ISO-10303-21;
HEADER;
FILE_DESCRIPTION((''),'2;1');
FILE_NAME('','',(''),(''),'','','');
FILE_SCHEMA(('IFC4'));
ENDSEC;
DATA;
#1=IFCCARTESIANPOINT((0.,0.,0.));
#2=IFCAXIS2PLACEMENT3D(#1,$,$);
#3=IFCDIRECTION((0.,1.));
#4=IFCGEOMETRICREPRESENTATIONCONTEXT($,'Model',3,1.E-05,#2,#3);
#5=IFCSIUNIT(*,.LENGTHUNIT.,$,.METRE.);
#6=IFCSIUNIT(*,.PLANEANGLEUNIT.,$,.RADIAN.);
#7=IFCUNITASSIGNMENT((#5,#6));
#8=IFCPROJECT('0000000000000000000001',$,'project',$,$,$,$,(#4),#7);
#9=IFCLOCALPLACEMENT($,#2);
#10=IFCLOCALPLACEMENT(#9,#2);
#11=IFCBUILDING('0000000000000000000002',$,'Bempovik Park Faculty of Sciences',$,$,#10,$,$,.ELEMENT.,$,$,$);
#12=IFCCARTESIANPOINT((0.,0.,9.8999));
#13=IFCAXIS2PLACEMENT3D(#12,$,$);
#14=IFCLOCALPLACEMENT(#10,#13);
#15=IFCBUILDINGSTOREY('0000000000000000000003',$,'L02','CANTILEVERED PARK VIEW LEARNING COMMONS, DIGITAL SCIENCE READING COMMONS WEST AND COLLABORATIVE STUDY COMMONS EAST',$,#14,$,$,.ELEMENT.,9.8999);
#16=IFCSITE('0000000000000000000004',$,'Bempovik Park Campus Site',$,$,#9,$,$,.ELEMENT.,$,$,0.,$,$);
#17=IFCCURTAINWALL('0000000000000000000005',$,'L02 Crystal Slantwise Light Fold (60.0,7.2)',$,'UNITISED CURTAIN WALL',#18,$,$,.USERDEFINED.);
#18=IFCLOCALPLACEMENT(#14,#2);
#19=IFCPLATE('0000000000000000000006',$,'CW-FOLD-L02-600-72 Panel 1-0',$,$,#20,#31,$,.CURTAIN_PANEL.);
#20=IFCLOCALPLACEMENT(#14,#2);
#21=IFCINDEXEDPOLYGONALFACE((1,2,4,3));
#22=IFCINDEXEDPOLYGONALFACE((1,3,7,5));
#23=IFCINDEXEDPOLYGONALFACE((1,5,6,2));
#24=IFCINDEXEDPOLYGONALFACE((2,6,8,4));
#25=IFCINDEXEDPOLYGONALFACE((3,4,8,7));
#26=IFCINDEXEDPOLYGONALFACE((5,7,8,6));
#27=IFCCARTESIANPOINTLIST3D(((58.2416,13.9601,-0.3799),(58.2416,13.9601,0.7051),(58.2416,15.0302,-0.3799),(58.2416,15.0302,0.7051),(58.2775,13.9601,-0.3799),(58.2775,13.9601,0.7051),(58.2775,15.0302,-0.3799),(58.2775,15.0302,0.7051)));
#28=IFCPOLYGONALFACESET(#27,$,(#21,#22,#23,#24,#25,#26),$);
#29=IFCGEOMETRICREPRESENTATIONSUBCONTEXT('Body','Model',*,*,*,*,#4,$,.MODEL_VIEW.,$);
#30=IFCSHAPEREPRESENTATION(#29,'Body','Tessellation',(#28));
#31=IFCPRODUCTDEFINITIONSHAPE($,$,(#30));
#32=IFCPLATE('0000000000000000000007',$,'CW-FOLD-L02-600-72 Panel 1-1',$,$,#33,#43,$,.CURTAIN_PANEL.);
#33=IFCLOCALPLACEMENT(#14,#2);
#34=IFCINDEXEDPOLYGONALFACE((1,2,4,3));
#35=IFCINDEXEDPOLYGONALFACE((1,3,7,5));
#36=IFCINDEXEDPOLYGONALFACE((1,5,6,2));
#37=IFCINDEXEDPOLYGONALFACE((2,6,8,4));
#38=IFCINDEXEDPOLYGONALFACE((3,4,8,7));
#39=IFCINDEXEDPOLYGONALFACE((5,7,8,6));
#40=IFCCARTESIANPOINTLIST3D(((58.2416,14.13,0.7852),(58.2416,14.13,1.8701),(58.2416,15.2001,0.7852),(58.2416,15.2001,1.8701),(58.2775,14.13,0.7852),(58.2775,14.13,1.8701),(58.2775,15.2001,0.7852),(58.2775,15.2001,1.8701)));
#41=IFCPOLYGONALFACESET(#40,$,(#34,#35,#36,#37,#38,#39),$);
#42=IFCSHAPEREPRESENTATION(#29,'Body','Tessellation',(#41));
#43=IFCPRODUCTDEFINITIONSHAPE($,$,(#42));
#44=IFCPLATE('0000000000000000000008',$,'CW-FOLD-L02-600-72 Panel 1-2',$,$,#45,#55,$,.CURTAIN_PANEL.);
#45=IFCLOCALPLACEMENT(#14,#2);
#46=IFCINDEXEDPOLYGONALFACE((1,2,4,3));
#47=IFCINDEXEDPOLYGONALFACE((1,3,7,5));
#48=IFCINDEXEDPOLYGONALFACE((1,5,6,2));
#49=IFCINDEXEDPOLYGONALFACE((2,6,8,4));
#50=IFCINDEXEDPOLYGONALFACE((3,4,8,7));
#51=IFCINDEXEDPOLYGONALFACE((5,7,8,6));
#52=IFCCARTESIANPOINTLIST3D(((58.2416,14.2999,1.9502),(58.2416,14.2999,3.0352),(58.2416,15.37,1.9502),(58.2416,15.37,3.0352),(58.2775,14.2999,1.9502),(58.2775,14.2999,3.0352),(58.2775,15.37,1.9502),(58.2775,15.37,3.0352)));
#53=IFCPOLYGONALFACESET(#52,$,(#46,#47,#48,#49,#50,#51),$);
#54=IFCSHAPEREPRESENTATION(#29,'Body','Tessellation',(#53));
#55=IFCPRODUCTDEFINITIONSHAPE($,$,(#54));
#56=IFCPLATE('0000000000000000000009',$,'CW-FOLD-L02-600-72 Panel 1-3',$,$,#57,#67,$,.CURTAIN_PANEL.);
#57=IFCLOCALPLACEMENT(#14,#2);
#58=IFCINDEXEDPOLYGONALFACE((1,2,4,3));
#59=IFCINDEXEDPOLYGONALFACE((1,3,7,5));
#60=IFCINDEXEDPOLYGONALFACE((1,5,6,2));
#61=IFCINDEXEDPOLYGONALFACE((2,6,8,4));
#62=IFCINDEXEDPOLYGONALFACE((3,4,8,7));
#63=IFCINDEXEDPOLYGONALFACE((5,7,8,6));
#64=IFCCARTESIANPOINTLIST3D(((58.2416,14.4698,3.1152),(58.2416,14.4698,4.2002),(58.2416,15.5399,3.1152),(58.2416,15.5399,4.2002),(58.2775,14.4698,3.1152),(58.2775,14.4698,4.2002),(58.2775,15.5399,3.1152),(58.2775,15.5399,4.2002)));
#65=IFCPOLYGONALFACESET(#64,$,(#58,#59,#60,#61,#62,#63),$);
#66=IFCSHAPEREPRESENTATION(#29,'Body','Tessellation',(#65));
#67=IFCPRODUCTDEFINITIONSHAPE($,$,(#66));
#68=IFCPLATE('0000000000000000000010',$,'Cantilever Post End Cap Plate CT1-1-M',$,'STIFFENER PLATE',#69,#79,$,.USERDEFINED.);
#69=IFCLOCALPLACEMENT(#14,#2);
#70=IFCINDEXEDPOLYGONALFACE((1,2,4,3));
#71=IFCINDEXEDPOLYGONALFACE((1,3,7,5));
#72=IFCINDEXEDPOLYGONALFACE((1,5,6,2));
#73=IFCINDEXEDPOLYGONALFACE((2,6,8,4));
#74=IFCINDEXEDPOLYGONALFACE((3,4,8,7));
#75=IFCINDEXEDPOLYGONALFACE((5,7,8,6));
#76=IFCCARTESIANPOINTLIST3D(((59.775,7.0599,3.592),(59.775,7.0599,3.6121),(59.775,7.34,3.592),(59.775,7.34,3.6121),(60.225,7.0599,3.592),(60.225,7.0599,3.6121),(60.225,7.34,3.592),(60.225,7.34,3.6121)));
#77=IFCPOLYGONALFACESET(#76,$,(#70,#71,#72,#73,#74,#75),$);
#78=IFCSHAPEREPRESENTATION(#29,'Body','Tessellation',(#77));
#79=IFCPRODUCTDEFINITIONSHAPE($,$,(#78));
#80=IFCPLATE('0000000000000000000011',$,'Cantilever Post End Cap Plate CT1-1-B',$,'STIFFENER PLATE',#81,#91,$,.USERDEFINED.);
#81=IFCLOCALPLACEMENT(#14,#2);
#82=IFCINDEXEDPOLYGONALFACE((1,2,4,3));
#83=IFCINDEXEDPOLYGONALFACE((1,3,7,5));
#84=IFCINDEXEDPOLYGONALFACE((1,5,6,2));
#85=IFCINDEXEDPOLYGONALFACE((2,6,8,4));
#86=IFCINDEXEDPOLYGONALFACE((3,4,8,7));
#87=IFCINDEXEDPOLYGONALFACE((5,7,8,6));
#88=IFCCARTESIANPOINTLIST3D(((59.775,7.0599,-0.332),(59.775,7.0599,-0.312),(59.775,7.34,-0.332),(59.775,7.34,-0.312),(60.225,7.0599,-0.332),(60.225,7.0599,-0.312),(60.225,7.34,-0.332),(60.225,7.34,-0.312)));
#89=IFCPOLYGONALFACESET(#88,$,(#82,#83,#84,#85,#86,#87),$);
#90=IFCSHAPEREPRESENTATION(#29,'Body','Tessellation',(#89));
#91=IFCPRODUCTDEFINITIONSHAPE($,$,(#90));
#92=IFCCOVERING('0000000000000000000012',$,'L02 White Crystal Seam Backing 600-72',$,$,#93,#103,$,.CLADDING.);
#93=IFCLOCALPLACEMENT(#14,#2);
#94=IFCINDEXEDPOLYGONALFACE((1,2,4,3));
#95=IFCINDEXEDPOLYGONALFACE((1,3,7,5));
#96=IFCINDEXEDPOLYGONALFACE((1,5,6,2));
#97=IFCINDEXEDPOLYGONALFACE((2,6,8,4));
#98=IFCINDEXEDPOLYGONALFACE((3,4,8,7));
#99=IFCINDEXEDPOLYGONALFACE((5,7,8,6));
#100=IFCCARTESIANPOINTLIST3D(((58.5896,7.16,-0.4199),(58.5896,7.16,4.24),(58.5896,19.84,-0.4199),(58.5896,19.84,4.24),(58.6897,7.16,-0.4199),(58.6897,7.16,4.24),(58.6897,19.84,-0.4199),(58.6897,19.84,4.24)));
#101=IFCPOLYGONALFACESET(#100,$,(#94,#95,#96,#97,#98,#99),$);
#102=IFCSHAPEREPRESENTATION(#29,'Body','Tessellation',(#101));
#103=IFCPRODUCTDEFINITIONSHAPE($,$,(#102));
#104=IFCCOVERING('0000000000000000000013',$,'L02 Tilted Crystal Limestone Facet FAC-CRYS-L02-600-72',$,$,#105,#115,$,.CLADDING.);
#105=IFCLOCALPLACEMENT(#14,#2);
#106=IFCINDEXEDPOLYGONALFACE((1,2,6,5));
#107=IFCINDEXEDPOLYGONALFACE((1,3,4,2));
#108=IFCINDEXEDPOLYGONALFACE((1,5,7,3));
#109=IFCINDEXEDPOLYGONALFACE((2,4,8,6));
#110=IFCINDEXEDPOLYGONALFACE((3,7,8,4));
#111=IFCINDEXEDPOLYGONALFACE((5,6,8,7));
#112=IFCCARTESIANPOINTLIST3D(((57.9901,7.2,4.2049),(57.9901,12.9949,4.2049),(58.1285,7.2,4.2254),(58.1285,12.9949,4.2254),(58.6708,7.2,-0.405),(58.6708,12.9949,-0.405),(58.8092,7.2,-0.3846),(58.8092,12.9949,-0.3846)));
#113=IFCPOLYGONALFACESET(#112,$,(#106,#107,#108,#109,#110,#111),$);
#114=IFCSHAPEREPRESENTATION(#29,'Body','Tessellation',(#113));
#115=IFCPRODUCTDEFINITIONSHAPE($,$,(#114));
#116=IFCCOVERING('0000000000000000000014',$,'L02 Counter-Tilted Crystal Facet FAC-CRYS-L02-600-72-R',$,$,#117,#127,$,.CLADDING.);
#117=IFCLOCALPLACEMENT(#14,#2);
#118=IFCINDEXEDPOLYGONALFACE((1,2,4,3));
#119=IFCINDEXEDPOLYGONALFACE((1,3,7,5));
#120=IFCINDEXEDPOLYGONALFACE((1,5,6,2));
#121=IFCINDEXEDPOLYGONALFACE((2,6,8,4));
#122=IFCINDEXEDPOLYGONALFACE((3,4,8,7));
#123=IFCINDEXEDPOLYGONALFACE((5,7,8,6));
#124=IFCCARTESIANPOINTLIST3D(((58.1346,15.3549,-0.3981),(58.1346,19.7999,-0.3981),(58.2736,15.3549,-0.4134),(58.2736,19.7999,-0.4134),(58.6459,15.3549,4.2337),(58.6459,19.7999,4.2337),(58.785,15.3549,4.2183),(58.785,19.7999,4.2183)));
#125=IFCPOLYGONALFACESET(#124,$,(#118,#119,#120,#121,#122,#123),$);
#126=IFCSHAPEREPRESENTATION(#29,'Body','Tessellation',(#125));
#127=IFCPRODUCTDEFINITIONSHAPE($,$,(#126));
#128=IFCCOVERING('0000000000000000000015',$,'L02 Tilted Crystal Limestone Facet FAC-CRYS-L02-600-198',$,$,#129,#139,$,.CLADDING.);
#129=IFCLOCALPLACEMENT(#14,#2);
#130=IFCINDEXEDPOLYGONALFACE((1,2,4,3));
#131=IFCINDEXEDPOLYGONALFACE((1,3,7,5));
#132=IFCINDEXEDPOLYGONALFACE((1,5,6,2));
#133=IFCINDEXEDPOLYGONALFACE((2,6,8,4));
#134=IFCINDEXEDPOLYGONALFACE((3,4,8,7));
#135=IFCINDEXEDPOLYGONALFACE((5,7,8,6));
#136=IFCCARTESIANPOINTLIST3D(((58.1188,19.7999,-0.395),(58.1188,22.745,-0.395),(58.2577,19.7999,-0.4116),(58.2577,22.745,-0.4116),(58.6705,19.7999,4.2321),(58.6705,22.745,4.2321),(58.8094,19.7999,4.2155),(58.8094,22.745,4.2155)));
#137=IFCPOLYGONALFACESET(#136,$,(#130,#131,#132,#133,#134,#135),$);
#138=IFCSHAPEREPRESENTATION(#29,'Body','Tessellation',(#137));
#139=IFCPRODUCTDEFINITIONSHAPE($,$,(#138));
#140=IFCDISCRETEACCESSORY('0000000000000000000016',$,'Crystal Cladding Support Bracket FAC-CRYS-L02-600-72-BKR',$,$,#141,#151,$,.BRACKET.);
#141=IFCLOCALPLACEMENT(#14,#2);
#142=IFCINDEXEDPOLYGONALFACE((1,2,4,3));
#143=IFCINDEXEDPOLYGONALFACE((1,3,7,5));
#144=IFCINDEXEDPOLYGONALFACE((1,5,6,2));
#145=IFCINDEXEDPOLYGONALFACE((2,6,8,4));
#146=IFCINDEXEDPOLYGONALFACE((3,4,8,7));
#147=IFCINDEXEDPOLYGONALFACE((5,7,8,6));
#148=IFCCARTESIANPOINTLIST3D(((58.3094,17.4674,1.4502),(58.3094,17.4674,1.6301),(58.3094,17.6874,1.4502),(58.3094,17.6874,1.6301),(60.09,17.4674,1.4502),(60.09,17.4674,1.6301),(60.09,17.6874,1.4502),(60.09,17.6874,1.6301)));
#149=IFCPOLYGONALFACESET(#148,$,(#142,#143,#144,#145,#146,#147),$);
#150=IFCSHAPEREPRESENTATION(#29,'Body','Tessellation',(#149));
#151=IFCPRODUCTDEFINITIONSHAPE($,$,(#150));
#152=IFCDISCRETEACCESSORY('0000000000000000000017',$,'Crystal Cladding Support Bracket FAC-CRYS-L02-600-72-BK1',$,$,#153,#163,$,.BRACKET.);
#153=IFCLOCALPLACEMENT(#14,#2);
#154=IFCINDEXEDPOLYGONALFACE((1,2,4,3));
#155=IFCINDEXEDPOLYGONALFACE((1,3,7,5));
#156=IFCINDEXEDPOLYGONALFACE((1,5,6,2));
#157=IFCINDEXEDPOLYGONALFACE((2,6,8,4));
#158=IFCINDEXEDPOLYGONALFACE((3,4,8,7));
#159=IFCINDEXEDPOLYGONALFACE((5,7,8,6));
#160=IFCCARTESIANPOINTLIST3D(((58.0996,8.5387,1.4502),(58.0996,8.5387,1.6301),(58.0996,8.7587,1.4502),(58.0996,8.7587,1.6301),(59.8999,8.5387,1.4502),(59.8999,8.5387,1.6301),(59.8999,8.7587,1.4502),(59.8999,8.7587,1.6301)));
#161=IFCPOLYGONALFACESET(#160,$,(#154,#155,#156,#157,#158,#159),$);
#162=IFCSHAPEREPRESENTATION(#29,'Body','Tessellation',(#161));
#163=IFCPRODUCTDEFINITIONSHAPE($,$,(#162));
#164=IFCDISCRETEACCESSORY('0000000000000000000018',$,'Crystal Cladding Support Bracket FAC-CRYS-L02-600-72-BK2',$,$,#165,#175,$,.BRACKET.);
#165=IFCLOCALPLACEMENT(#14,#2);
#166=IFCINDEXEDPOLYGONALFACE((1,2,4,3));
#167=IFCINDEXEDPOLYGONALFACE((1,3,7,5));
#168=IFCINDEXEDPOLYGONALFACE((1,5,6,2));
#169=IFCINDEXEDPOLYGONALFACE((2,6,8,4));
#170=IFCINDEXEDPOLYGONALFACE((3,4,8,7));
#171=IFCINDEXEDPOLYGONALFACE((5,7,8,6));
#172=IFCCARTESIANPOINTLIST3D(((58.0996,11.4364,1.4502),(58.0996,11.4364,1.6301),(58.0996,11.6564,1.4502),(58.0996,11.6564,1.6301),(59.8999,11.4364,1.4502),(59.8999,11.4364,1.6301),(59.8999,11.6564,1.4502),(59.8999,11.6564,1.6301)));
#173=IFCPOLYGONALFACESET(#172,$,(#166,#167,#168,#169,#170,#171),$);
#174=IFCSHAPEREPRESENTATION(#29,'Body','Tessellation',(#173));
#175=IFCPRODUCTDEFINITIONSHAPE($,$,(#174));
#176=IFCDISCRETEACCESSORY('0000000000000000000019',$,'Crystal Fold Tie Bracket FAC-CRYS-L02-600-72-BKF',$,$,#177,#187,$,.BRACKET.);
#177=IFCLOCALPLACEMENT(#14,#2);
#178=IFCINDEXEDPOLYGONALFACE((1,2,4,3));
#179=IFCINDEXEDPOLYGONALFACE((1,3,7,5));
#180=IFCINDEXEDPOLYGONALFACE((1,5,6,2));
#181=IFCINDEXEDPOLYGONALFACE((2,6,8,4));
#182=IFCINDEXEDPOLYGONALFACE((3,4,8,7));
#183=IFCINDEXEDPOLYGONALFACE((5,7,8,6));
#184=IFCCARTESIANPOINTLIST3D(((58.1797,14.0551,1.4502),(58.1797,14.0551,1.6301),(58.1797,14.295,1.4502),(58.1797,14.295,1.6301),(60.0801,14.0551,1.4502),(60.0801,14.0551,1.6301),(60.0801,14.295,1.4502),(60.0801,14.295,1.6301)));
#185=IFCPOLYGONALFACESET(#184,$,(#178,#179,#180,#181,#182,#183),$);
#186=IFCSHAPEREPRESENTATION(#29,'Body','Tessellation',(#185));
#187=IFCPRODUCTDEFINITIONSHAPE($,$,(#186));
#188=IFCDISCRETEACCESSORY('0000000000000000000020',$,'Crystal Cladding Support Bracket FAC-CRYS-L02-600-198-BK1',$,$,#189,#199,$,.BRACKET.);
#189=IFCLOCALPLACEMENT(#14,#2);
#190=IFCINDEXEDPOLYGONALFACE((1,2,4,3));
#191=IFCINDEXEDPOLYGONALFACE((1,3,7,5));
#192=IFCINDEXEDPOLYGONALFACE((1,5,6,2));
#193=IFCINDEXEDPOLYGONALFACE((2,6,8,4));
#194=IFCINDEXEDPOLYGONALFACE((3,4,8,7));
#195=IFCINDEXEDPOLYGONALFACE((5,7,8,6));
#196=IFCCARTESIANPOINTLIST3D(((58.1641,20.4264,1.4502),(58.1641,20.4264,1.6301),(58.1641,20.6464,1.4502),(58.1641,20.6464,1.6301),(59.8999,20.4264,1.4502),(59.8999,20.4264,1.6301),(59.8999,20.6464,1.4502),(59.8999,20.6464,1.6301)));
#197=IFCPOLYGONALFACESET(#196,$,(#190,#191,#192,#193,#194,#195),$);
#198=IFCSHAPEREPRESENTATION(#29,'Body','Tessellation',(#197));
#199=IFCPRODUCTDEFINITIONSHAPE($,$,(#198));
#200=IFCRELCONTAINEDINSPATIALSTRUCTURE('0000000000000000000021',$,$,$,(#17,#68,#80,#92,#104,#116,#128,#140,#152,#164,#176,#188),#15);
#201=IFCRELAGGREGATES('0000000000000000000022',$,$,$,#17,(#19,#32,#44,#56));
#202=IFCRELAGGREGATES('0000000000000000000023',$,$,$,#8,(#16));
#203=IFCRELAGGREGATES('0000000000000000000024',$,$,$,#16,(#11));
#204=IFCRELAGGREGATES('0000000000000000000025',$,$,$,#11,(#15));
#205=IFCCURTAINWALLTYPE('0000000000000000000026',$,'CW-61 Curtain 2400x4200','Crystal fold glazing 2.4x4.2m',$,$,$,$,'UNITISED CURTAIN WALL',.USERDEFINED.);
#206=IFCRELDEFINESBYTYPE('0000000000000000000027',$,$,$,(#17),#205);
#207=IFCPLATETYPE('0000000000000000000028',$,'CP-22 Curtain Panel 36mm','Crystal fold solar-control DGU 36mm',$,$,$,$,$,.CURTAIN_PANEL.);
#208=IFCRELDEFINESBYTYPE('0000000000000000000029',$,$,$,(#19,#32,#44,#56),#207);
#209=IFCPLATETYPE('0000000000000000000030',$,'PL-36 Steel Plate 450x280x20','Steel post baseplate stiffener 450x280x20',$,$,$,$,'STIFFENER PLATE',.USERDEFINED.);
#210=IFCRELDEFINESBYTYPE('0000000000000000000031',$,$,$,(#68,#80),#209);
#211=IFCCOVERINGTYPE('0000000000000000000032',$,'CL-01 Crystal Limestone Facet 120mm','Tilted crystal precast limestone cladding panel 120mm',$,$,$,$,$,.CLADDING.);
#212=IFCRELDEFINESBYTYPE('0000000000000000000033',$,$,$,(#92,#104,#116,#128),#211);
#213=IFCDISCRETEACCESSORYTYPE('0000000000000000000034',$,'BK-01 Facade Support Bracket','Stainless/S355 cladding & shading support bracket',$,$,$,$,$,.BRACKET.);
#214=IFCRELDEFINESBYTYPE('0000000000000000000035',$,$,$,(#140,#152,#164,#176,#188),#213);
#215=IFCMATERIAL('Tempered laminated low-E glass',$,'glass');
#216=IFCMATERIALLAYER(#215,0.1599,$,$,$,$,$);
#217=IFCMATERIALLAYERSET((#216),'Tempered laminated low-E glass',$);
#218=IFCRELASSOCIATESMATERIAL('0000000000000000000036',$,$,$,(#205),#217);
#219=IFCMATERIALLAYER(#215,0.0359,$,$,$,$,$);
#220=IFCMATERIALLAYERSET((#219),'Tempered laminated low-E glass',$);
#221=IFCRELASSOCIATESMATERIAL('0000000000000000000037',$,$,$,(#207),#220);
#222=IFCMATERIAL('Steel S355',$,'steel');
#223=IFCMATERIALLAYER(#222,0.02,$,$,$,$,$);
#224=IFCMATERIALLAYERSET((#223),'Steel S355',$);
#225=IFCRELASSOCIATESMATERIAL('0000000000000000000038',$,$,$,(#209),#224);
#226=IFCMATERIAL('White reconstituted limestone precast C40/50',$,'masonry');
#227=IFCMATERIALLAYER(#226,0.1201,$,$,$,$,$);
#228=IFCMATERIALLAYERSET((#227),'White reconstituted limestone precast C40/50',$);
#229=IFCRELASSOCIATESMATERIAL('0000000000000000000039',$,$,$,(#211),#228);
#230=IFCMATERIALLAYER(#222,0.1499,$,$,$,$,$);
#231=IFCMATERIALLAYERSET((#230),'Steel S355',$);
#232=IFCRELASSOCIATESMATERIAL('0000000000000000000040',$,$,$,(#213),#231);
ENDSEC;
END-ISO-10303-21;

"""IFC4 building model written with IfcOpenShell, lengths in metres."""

from ifc_helpers import new_model, si_unit, direction, frame, origin, origin_2d, place, context, subcontext, project, spatial, rectangle, extrude, material, layer, layer_set, type_object, element, aggregate, save


model = new_model("IFC4")

# Units and contexts
model_context = context("Model", 3, precision=1e-05, world=origin(), true_north=direction((0.0, 1.0)))
body_context = subcontext(model_context, "Body", "Model", "MODEL_VIEW")
ifc_project = project(units=[si_unit("LENGTHUNIT", "METRE"), si_unit("PLANEANGLEUNIT", "RADIAN")], contexts=[model_context])

# Site, building, storey
site_placement = place(None, origin())
site = spatial("IfcSite", under=ifc_project, at=site_placement, Name="Bempovik Park Campus Site", CompositionType="ELEMENT", RefElevation=0.0)
building_placement = place(site_placement, origin())
building = spatial("IfcBuilding", under=site, at=building_placement, Name="Bempovik Park Faculty of Sciences", CompositionType="ELEMENT")
storey_placement = place(building_placement, frame((0.0, 0.0, 9.8999)))
storey = spatial("IfcBuildingStorey", under=building, at=storey_placement, Name="L02", Description="CANTILEVERED PARK VIEW LEARNING COMMONS, DIGITAL SCIENCE READING COMMONS WEST AND COLLABORATIVE STUDY COMMONS EAST", CompositionType="ELEMENT", Elevation=9.8999)

# Shared definitions
ifc_material_1 = material(Name="Steel S355", Category="steel")

# Curtain wall
ifc_material_2 = material(Name="Tempered laminated low-E glass", Category="glass")
ifc_layer_1 = layer(ifc_material_2, 0.1599)
ifc_layer_set_1 = layer_set([ifc_layer_1], Name="Tempered laminated low-E glass")
curtain_wall_type = type_object("IfcCurtainWallType", Name="CW-61 Curtain 2400x4200", Description="Crystal fold glazing 2.4x4.2m", ElementType="UNITISED CURTAIN WALL", PredefinedType="USERDEFINED", material=ifc_layer_set_1)
curtain_wall_1_placement = place(storey_placement, origin())
curtain_wall_1 = element("IfcCurtainWall", 1, at=curtain_wall_1_placement, inside=storey, type_object=curtain_wall_type, Name="L02 Crystal Slantwise Light Fold (60.0,7.2)", ObjectType="UNITISED CURTAIN WALL", PredefinedType="USERDEFINED")

# Plates
ifc_layer_2 = layer(ifc_material_2, 0.0359)
ifc_layer_set_2 = layer_set([ifc_layer_2], Name="Tempered laminated low-E glass")
plate_type_1 = type_object("IfcPlateType", Name="CP-22 Curtain Panel 36mm", Description="Crystal fold solar-control DGU 36mm", PredefinedType="CURTAIN_PANEL", material=ifc_layer_set_2)
plate_1_placement = place(storey_placement, frame((58.2595, 14.4951, -0.3799), z_axis=(0.0, 0.0, 1.0), x_axis=(0.0, 1.0, 0.0)))
plate_1 = element("IfcPlate", 2, at=plate_1_placement, type_object=plate_type_1, Name="CW-FOLD-L02-600-72 Panel 1-0", PredefinedType="CURTAIN_PANEL", context=body_context, shape_type="SweptSolid", body=[
    extrude(rectangle(XDim=1.0701, YDim=0.0359, at=origin_2d()), origin(), (0.0, 0.0, 1.0), 1.085),
])
plate_2_placement = place(storey_placement, frame((58.2595, 14.665, 0.7852), z_axis=(0.0, 0.0, 1.0), x_axis=(0.0, 1.0, 0.0)))
plate_2 = element("IfcPlate", 3, at=plate_2_placement, type_object=plate_type_1, Name="CW-FOLD-L02-600-72 Panel 1-1", PredefinedType="CURTAIN_PANEL", context=body_context, shape_type="SweptSolid", body=[
    extrude(rectangle(XDim=1.0701, YDim=0.0359, at=origin_2d()), origin(), (0.0, 0.0, 1.0), 1.085),
])
plate_3_placement = place(storey_placement, frame((58.2595, 14.835, 1.9502), z_axis=(0.0, 0.0, 1.0), x_axis=(0.0, 1.0, 0.0)))
plate_3 = element("IfcPlate", 4, at=plate_3_placement, type_object=plate_type_1, Name="CW-FOLD-L02-600-72 Panel 1-2", PredefinedType="CURTAIN_PANEL", context=body_context, shape_type="SweptSolid", body=[
    extrude(rectangle(XDim=1.0701, YDim=0.0359, at=origin_2d()), origin(), (0.0, 0.0, 1.0), 1.085),
])
plate_4_placement = place(storey_placement, frame((58.2595, 15.0049, 3.1152), z_axis=(0.0, 0.0, 1.0), x_axis=(0.0, 1.0, 0.0)))
plate_4 = element("IfcPlate", 5, at=plate_4_placement, type_object=plate_type_1, Name="CW-FOLD-L02-600-72 Panel 1-3", PredefinedType="CURTAIN_PANEL", context=body_context, shape_type="SweptSolid", body=[
    extrude(rectangle(XDim=1.0701, YDim=0.0359, at=origin_2d()), origin(), (0.0, 0.0, 1.0), 1.085),
])
aggregate(curtain_wall_1, [plate_1, plate_2, plate_3, plate_4])

# Plates
ifc_layer_3 = layer(ifc_material_1, 0.02)
ifc_layer_set_3 = layer_set([ifc_layer_3], Name="Steel S355")
plate_type_2 = type_object("IfcPlateType", Name="PL-36 Steel Plate 450x280x20", Description="Steel post baseplate stiffener 450x280x20", ElementType="STIFFENER PLATE", PredefinedType="USERDEFINED", material=ifc_layer_set_3)
for number, where, z_axis, x_axis, name in (
    (6, (60.0, 7.2, 3.592), (0.0, 0.0, 1.0), (1.0, 0.0, 0.0), "Cantilever Post End Cap Plate CT1-1-M"),
    (7, (60.0, 7.2, -0.332), (0.0, 0.0, 1.0), (1.0, 0.0, 0.0), "Cantilever Post End Cap Plate CT1-1-B"),
):
    element("IfcPlate", number, at=place(storey_placement, frame(where, z_axis=z_axis, x_axis=x_axis)), inside=storey, type_object=plate_type_2, Name=name, ObjectType="STIFFENER PLATE", PredefinedType="USERDEFINED", context=body_context, shape_type="SweptSolid", body=[
        extrude(rectangle(XDim=0.45, YDim=0.28, at=origin_2d()), origin(), (0.0, 0.0, 1.0), 0.02),
    ])

# Coverings
ifc_material_3 = material(Name="White reconstituted limestone precast C40/50", Category="masonry")
ifc_layer_4 = layer(ifc_material_3, 0.1201)
ifc_layer_set_4 = layer_set([ifc_layer_4], Name="White reconstituted limestone precast C40/50")
covering_type = type_object("IfcCoveringType", Name="CL-01 Crystal Limestone Facet 120mm", Description="Tilted crystal precast limestone cladding panel 120mm", PredefinedType="CLADDING", material=ifc_layer_set_4)
covering_1_placement = place(storey_placement, frame((58.6396, 13.5, -0.4199), z_axis=(0.0, 0.0, 1.0), x_axis=(1.0, 0.0, 0.0)))
element("IfcCovering", 8, at=covering_1_placement, inside=storey, type_object=covering_type, Name="L02 White Crystal Seam Backing 600-72", PredefinedType="CLADDING", context=body_context, shape_type="SweptSolid", body=[
    extrude(rectangle(XDim=0.1001, YDim=12.6799, at=origin_2d()), origin(), (0.0, 0.0, 1.0), 4.6599),
])
covering_2_placement = place(storey_placement, frame((58.74, 10.0974, -0.3948), z_axis=(-0.146083, 0.0, 0.989272), x_axis=(0.0, 1.0, 0.0)))
element("IfcCovering", 9, at=covering_2_placement, inside=storey, type_object=covering_type, Name="L02 Tilted Crystal Limestone Facet FAC-CRYS-L02-600-72", PredefinedType="CLADDING", context=body_context, shape_type="SweptSolid", body=[
    extrude(rectangle(XDim=5.7949, YDim=0.1399, at=origin_2d()), origin(), (0.0, 0.0, 1.0), 4.6599),
])
covering_3_placement = place(storey_placement, frame((58.2041, 17.5774, -0.4058), z_axis=(0.109734, 0.0, 0.993961), x_axis=(0.0, 1.0, 0.0)))
element("IfcCovering", 10, at=covering_3_placement, inside=storey, type_object=covering_type, Name="L02 Counter-Tilted Crystal Facet FAC-CRYS-L02-600-72-R", PredefinedType="CLADDING", context=body_context, shape_type="SweptSolid", body=[
    extrude(rectangle(XDim=4.4451, YDim=0.1399, at=origin_2d()), origin(), (0.0, 0.0, 1.0), 4.6599),
])
covering_4_placement = place(storey_placement, frame((58.1882, 21.2725, -0.4033), z_axis=(0.118404, 0.0, 0.992966), x_axis=(0.0, 1.0, 0.0)))
element("IfcCovering", 11, at=covering_4_placement, inside=storey, type_object=covering_type, Name="L02 Tilted Crystal Limestone Facet FAC-CRYS-L02-600-198", PredefinedType="CLADDING", context=body_context, shape_type="SweptSolid", body=[
    extrude(rectangle(XDim=2.9451, YDim=0.1399, at=origin_2d()), origin(), (0.0, 0.0, 1.0), 4.6599),
])

# Discrete accessories
ifc_layer_5 = layer(ifc_material_1, 0.1499)
ifc_layer_set_5 = layer_set([ifc_layer_5], Name="Steel S355")
discrete_accessory_type = type_object("IfcDiscreteAccessoryType", Name="BK-01 Facade Support Bracket", Description="Stainless/S355 cladding & shading support bracket", PredefinedType="BRACKET", material=ifc_layer_set_5)
discrete_accessory_1_placement = place(storey_placement, frame((59.1997, 17.5774, 1.4502), z_axis=(0.0, 0.0, 1.0), x_axis=(1.0, 0.0, 0.0)))
element("IfcDiscreteAccessory", 12, at=discrete_accessory_1_placement, inside=storey, type_object=discrete_accessory_type, Name="Crystal Cladding Support Bracket FAC-CRYS-L02-600-72-BKR", PredefinedType="BRACKET", context=body_context, shape_type="SweptSolid", body=[
    extrude(rectangle(XDim=1.7805, YDim=0.22, at=origin_2d()), origin(), (0.0, 0.0, 1.0), 0.1799),
])
for number, where, z_axis, x_axis, name in (
    (13, (58.9998, 8.6487, 1.4502), (0.0, 0.0, 1.0), (1.0, 0.0, 0.0), "Crystal Cladding Support Bracket FAC-CRYS-L02-600-72-BK1"),
    (14, (58.9998, 11.5464, 1.4502), (0.0, 0.0, 1.0), (1.0, 0.0, 0.0), "Crystal Cladding Support Bracket FAC-CRYS-L02-600-72-BK2"),
):
    element("IfcDiscreteAccessory", number, at=place(storey_placement, frame(where, z_axis=z_axis, x_axis=x_axis)), inside=storey, type_object=discrete_accessory_type, Name=name, PredefinedType="BRACKET", context=body_context, shape_type="SweptSolid", body=[
        extrude(rectangle(XDim=1.8003, YDim=0.22, at=origin_2d()), origin(), (0.0, 0.0, 1.0), 0.1799),
    ])
discrete_accessory_2_placement = place(storey_placement, frame((59.1299, 14.175, 1.4502), z_axis=(0.0, 0.0, 1.0), x_axis=(1.0, 0.0, 0.0)))
element("IfcDiscreteAccessory", 15, at=discrete_accessory_2_placement, inside=storey, type_object=discrete_accessory_type, Name="Crystal Fold Tie Bracket FAC-CRYS-L02-600-72-BKF", PredefinedType="BRACKET", context=body_context, shape_type="SweptSolid", body=[
    extrude(rectangle(XDim=1.9004, YDim=0.24, at=origin_2d()), origin(), (0.0, 0.0, 1.0), 0.1799),
])
for number, where, z_axis, x_axis, name in (
    (16, (59.032, 20.5364, 1.4502), (0.0, 0.0, 1.0), (1.0, 0.0, 0.0), "Crystal Cladding Support Bracket FAC-CRYS-L02-600-198-BK1"),
):
    element("IfcDiscreteAccessory", number, at=place(storey_placement, frame(where, z_axis=z_axis, x_axis=x_axis)), inside=storey, type_object=discrete_accessory_type, Name=name, PredefinedType="BRACKET", context=body_context, shape_type="SweptSolid", body=[
        extrude(rectangle(XDim=1.7358, YDim=0.22, at=origin_2d()), origin(), (0.0, 0.0, 1.0), 0.1799),
    ])

save(model, "model.ifc")
